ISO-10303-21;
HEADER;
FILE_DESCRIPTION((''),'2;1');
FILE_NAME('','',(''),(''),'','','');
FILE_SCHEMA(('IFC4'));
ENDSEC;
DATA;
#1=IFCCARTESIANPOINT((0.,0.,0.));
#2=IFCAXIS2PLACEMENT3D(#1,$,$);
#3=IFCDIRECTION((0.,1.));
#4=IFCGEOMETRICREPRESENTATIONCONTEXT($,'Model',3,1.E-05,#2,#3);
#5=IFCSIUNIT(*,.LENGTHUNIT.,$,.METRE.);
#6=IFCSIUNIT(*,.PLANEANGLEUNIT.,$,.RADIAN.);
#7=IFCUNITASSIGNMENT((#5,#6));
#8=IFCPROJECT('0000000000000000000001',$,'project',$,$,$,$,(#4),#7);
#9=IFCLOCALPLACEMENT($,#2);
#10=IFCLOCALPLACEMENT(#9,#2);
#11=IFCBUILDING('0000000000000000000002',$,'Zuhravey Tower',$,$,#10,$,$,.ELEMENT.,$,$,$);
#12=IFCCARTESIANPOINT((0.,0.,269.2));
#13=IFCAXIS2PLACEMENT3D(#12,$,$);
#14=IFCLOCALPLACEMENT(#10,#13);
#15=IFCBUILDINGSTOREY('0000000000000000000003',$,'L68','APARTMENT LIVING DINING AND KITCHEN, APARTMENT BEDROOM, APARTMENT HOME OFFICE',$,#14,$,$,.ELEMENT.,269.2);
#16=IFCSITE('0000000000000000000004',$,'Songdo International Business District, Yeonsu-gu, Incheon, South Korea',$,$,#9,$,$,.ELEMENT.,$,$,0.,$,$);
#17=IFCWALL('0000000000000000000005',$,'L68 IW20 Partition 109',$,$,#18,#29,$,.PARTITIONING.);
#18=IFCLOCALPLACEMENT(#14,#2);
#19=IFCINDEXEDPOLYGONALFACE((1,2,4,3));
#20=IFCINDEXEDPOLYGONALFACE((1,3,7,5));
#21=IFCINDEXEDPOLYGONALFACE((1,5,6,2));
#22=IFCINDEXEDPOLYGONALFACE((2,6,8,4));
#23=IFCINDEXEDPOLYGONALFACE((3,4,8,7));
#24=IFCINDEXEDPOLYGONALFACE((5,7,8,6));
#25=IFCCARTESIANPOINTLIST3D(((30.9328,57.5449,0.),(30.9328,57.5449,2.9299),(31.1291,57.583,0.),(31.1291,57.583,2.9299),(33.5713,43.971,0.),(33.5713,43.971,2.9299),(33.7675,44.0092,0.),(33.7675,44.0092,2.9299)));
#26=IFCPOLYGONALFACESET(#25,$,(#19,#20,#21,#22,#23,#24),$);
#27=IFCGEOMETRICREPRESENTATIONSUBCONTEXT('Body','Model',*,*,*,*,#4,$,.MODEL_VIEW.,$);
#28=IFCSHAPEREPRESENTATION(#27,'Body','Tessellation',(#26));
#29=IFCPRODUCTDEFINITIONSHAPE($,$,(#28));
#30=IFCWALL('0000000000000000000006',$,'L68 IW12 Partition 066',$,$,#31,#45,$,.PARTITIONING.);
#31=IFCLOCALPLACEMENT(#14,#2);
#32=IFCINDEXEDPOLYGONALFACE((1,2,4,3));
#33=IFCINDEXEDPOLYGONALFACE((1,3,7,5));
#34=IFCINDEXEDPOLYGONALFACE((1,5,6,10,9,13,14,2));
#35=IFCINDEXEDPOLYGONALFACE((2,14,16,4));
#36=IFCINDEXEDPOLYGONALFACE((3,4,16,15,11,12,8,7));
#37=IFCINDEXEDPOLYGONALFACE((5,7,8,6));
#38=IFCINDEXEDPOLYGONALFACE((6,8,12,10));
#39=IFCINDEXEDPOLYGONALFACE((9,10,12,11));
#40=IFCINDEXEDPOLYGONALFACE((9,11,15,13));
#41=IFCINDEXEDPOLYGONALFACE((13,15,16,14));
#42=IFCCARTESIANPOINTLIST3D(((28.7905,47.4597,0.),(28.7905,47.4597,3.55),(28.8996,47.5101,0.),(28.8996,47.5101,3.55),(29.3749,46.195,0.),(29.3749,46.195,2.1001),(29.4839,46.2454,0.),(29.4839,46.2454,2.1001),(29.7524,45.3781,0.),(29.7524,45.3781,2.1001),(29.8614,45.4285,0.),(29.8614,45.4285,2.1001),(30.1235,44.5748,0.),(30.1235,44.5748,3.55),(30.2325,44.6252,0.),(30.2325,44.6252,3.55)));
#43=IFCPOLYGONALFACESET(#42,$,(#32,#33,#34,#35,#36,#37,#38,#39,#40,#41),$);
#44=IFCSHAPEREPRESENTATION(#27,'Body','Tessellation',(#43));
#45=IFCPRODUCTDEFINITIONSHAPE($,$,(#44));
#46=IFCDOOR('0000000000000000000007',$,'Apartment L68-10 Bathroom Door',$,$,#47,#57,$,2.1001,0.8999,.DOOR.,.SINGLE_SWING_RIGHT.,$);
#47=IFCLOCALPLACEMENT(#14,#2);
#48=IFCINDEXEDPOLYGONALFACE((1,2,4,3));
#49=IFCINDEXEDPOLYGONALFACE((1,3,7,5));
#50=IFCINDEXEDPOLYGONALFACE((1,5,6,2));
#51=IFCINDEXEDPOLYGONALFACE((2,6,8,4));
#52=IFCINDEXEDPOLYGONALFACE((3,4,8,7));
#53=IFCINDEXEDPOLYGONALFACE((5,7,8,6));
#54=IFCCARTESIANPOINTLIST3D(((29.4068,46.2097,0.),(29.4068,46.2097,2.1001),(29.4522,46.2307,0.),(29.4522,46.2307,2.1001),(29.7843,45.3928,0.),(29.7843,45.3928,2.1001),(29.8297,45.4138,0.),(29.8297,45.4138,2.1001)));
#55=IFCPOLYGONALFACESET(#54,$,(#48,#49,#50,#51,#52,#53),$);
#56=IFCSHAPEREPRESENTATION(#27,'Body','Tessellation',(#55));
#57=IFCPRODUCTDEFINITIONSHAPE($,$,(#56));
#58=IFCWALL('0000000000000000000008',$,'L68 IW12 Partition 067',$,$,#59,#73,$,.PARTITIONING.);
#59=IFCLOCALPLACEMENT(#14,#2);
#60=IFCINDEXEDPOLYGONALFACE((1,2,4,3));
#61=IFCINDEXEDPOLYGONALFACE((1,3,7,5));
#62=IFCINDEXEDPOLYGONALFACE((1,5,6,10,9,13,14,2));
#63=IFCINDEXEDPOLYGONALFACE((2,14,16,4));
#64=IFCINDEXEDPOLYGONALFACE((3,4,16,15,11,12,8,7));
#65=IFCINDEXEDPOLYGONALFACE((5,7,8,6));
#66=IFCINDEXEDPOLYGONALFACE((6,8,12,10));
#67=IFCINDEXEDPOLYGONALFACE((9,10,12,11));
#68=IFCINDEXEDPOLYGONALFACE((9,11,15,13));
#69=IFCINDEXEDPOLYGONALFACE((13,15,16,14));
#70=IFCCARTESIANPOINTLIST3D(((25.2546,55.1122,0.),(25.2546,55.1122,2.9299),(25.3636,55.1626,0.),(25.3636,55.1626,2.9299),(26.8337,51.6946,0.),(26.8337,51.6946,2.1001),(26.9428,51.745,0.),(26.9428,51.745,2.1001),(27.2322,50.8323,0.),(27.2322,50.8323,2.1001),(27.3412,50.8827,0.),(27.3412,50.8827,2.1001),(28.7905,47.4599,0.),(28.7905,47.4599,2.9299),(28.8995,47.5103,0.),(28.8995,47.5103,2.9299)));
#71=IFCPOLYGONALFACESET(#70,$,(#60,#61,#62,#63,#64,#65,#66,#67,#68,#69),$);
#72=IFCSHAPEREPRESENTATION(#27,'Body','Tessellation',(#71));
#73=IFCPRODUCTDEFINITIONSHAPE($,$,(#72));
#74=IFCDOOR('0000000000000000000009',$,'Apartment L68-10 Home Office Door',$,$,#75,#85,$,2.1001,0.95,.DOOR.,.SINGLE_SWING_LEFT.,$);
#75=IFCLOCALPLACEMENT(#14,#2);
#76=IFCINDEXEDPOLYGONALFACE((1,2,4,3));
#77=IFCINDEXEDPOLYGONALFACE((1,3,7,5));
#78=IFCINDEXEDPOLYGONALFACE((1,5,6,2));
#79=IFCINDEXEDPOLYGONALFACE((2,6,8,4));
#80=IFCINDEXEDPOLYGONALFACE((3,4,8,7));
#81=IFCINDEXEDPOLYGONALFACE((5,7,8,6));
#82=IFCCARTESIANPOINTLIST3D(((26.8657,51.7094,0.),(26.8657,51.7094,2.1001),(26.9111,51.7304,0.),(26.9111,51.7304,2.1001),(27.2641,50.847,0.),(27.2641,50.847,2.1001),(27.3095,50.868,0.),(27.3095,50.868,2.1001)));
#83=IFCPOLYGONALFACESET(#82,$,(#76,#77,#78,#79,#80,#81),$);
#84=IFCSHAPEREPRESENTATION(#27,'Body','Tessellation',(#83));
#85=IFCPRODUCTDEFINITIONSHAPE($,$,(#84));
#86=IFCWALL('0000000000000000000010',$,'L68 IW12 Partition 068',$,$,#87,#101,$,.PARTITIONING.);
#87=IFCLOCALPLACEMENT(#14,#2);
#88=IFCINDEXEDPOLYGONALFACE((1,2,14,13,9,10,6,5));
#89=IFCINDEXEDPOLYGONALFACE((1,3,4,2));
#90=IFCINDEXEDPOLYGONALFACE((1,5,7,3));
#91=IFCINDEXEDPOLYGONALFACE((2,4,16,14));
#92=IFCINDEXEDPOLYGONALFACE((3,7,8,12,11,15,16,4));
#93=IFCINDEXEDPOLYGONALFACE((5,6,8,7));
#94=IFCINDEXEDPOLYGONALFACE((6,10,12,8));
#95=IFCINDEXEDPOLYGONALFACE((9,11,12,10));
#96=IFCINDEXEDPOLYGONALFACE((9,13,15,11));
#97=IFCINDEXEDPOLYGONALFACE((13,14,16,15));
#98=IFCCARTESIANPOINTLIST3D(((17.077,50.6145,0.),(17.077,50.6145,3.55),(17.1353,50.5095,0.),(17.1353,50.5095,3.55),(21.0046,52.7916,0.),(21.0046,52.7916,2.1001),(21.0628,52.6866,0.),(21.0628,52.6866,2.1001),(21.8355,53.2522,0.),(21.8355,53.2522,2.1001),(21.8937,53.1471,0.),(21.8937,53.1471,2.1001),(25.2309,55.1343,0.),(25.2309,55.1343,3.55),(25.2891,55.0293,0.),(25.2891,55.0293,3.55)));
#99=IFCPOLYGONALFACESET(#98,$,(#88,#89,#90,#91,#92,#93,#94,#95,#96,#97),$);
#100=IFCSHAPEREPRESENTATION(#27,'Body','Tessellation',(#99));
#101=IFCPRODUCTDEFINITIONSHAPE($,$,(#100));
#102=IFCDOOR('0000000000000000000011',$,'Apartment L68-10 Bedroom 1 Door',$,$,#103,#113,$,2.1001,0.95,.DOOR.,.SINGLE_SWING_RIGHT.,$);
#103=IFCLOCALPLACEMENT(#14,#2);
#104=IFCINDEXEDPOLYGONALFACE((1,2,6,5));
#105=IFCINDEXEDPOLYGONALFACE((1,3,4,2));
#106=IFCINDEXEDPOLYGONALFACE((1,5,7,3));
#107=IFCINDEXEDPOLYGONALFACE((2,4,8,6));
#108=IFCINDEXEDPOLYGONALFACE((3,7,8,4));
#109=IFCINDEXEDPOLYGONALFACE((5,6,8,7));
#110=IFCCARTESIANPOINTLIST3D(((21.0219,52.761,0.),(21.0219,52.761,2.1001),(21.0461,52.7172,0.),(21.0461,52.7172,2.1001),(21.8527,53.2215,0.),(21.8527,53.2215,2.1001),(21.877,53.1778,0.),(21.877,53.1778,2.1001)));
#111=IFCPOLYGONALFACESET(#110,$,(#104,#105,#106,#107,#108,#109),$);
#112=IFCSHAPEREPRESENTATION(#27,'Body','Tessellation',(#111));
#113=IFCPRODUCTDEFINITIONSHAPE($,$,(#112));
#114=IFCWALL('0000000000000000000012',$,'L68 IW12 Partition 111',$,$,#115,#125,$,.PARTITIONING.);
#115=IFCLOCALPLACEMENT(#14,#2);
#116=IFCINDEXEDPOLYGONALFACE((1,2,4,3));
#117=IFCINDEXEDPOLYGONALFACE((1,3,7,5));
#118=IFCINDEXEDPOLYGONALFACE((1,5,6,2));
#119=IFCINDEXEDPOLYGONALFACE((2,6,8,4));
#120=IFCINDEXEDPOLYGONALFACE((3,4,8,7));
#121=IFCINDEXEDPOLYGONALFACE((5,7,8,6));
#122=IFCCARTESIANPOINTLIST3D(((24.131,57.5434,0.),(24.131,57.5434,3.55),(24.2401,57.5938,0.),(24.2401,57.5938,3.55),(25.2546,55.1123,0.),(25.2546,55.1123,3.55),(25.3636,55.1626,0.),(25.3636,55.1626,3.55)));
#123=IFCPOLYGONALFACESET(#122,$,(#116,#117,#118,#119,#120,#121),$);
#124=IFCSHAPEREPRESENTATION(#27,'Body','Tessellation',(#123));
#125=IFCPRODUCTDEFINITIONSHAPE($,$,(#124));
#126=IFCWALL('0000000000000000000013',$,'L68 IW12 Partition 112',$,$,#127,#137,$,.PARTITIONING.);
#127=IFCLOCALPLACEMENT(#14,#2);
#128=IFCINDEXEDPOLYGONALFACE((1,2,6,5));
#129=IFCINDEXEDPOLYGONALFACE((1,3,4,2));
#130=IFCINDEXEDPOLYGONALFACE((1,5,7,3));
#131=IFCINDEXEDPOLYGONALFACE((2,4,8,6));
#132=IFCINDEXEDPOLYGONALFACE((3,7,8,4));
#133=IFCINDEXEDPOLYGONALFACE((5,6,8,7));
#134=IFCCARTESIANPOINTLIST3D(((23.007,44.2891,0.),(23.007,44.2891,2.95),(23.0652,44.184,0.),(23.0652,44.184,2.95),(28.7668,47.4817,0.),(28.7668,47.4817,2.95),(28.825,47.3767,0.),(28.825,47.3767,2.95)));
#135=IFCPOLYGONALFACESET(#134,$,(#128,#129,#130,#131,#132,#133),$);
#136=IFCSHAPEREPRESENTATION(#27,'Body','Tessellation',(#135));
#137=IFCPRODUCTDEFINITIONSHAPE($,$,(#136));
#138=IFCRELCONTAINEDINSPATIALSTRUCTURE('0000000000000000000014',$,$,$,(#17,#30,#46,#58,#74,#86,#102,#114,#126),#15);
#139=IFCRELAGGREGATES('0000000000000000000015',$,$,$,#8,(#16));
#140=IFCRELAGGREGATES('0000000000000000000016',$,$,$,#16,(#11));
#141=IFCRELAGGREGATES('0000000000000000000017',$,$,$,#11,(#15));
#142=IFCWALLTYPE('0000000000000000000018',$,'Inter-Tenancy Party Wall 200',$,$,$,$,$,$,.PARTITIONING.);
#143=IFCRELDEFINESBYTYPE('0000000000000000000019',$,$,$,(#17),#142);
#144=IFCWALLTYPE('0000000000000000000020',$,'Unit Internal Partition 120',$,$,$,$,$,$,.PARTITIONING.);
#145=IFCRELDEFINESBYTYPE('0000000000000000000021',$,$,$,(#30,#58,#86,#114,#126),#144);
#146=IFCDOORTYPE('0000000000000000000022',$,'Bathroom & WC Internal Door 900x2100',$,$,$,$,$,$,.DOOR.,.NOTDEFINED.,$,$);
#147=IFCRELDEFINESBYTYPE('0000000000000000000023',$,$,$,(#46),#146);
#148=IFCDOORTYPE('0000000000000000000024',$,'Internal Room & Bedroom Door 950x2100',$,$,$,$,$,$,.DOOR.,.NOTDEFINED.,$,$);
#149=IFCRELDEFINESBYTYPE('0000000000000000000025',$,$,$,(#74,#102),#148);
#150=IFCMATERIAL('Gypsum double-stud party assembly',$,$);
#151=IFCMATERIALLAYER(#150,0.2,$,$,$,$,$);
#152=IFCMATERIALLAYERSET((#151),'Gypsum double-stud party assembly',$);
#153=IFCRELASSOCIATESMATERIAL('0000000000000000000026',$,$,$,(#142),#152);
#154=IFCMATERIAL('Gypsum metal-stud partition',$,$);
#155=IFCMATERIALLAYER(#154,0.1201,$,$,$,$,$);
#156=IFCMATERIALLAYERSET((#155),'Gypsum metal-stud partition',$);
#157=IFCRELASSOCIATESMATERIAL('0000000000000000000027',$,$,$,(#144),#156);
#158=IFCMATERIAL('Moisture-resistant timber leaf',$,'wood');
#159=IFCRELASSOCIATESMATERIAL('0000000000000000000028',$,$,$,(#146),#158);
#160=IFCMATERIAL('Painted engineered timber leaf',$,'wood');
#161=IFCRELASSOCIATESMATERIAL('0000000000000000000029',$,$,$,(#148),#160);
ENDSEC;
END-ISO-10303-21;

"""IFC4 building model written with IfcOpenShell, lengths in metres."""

from ifc_helpers import new_model, si_unit, direction, frame, frame_2d, origin, place, context, subcontext, project, spatial, rectangle, extrude, material, layer, layer_set, type_object, element, fill, save


model = new_model("IFC4")

# Units and contexts
model_context = context("Model", 3, precision=1e-05, world=origin(), true_north=direction((0.0, 1.0)))
body_context = subcontext(model_context, "Body", "Model", "MODEL_VIEW")
ifc_project = project(units=[si_unit("LENGTHUNIT", "METRE"), si_unit("PLANEANGLEUNIT", "RADIAN")], contexts=[model_context])

# Site, building, storey
site_placement = place(None, origin())
site = spatial("IfcSite", under=ifc_project, at=site_placement, Name="Songdo International Business District, Yeonsu-gu, Incheon, South Korea", CompositionType="ELEMENT", RefElevation=0.0)
building_placement = place(site_placement, origin())
building = spatial("IfcBuilding", under=site, at=building_placement, Name="Zuhravey Tower", CompositionType="ELEMENT")
storey_placement = place(building_placement, frame((0.0, 0.0, 269.2)))
storey = spatial("IfcBuildingStorey", under=building, at=storey_placement, Name="L68", Description="APARTMENT LIVING DINING AND KITCHEN, APARTMENT BEDROOM, APARTMENT HOME OFFICE", CompositionType="ELEMENT", Elevation=269.2)

# Wall
ifc_material_1 = material(Name="Gypsum double-stud party assembly")
ifc_layer_1 = layer(ifc_material_1, 0.2)
ifc_layer_set_1 = layer_set([ifc_layer_1], Name="Gypsum double-stud party assembly")
wall_type_1 = type_object("IfcWallType", Name="Inter-Tenancy Party Wall 200", PredefinedType="PARTITIONING", material=ifc_layer_set_1)
wall_1_placement = place(storey_placement, frame((33.6694, 43.99, 0.0), z_axis=(0.0, 0.0, 1.0), x_axis=(-0.190806, 0.981628, 0.0)))
element("IfcWall", 1, at=wall_1_placement, inside=storey, type_object=wall_type_1, Name="L68 IW20 Partition 109", PredefinedType="PARTITIONING", context=body_context, shape_type="SweptSolid", body=[
    extrude(rectangle(XDim=13.8279, YDim=0.2, at=frame_2d((6.9141, 0.0))), origin(), (0.0, 0.0, 1.0), 2.9299),
])

# Walls, openings, doors
ifc_material_2 = material(Name="Gypsum metal-stud partition")
ifc_layer_2 = layer(ifc_material_2, 0.1201)
ifc_layer_set_2 = layer_set([ifc_layer_2], Name="Gypsum metal-stud partition")
wall_type_2 = type_object("IfcWallType", Name="Unit Internal Partition 120", PredefinedType="PARTITIONING", material=ifc_layer_set_2)
wall_2_placement = place(storey_placement, frame((30.178, 44.6001, 0.0), z_axis=(0.0, 0.0, 1.0), x_axis=(-0.419438, 0.907784, 0.0)))
wall_2 = element("IfcWall", 2, at=wall_2_placement, inside=storey, type_object=wall_type_2, Name="L68 IW12 Partition 066", PredefinedType="PARTITIONING", context=body_context, shape_type="SweptSolid", body=[
    extrude(rectangle(XDim=3.178, YDim=0.1201, at=frame_2d((1.5889, 0.0))), origin(), (0.0, 0.0, 1.0), 3.55),
])
opening_1_placement = place(wall_2_placement, frame((0.8848, 0.0, 0.0)))
opening_1 = element("IfcOpeningElement", 3, at=opening_1_placement, cuts=wall_2, PredefinedType="OPENING", context=body_context, shape_type="SweptSolid", body=[
    extrude(rectangle(XDim=0.8999, YDim=2.1001, at=frame_2d((0.45, 1.05))), frame((0.0, 0.072, 0.0), z_axis=(0.0, -1.0, 0.0), x_axis=(1.0, 0.0, 0.0)), (0.0, 0.0, 1.0), 0.144),
])
ifc_material_3 = material(Name="Moisture-resistant timber leaf", Category="wood")
door_type_1 = type_object("IfcDoorType", Name="Bathroom & WC Internal Door 900x2100", OperationType="NOTDEFINED", PredefinedType="DOOR", material=ifc_material_3)
door_1_placement = place(opening_1_placement, origin())
door_1 = element("IfcDoor", 4, at=door_1_placement, inside=storey, type_object=door_type_1, Name="Apartment L68-10 Bathroom Door", OperationType="SINGLE_SWING_RIGHT", OverallHeight=2.1001, OverallWidth=0.8999, PredefinedType="DOOR", context=body_context, shape_type="SweptSolid", body=[
    extrude(rectangle(XDim=0.8999, YDim=2.1001, at=frame_2d((0.45, 1.05))), frame((0.0, 0.0249, 0.0), z_axis=(0.0, -1.0, 0.0), x_axis=(1.0, 0.0, 0.0)), (0.0, 0.0, 1.0), 0.05),
])
fill(opening_1, door_1)
wall_3_placement = place(storey_placement, frame((28.845, 47.4851, 0.0), z_axis=(0.0, 0.0, 1.0), x_axis=(-0.419453, 0.907777, 0.0)))
wall_3 = element("IfcWall", 5, at=wall_3_placement, inside=storey, type_object=wall_type_2, Name="L68 IW12 Partition 067", PredefinedType="PARTITIONING", context=body_context, shape_type="SweptSolid", body=[
    extrude(rectangle(XDim=8.4297, YDim=0.1201, at=frame_2d((4.2148, 0.0))), origin(), (0.0, 0.0, 1.0), 2.9299),
])
opening_2_placement = place(wall_3_placement, frame((3.7148, 0.0, 0.0)))
opening_2 = element("IfcOpeningElement", 6, at=opening_2_placement, cuts=wall_3, PredefinedType="OPENING", context=body_context, shape_type="SweptSolid", body=[
    extrude(rectangle(XDim=0.95, YDim=2.1001, at=frame_2d((0.4751, 1.05))), frame((0.0, 0.072, 0.0), z_axis=(0.0, -1.0, 0.0), x_axis=(1.0, 0.0, 0.0)), (0.0, 0.0, 1.0), 0.144),
])
ifc_material_4 = material(Name="Painted engineered timber leaf", Category="wood")
door_type_2 = type_object("IfcDoorType", Name="Internal Room & Bedroom Door 950x2100", OperationType="NOTDEFINED", PredefinedType="DOOR", material=ifc_material_4)
door_2_placement = place(opening_2_placement, origin())
door_2 = element("IfcDoor", 7, at=door_2_placement, inside=storey, type_object=door_type_2, Name="Apartment L68-10 Home Office Door", OperationType="SINGLE_SWING_LEFT", OverallHeight=2.1001, OverallWidth=0.95, PredefinedType="DOOR", context=body_context, shape_type="SweptSolid", body=[
    extrude(rectangle(XDim=0.95, YDim=2.1001, at=frame_2d((0.4751, 1.05))), frame((0.0, 0.0249, 0.0), z_axis=(0.0, -1.0, 0.0), x_axis=(1.0, 0.0, 0.0)), (0.0, 0.0, 1.0), 0.05),
])
fill(opening_2, door_2)
wall_4_placement = place(storey_placement, frame((25.26, 55.0818, 0.0), z_axis=(0.0, 0.0, 1.0), x_axis=(-0.874618, -0.484813, 0.0)))
wall_4 = element("IfcWall", 8, at=wall_4_placement, inside=storey, type_object=wall_type_2, Name="L68 IW12 Partition 068", PredefinedType="PARTITIONING", context=body_context, shape_type="SweptSolid", body=[
    extrude(rectangle(XDim=9.3228, YDim=0.1201, at=frame_2d((4.6614, 0.0))), origin(), (0.0, 0.0, 1.0), 3.55),
])
opening_3_placement = place(wall_4_placement, frame((3.8821, 0.0, 0.0)))
opening_3 = element("IfcOpeningElement", 9, at=opening_3_placement, cuts=wall_4, PredefinedType="OPENING", context=body_context, shape_type="SweptSolid", body=[
    extrude(rectangle(XDim=0.95, YDim=2.1001, at=frame_2d((0.4751, 1.05))), frame((0.0, 0.072, 0.0), z_axis=(0.0, -1.0, 0.0), x_axis=(1.0, 0.0, 0.0)), (0.0, 0.0, 1.0), 0.144),
])
door_3_placement = place(opening_3_placement, frame((0.95, 0.0, 0.0), z_axis=(0.0, 0.0, 1.0), x_axis=(-1.0, 0.0, 0.0)))
door_3 = element("IfcDoor", 10, at=door_3_placement, inside=storey, type_object=door_type_2, Name="Apartment L68-10 Bedroom 1 Door", OperationType="SINGLE_SWING_RIGHT", OverallHeight=2.1001, OverallWidth=0.95, PredefinedType="DOOR", context=body_context, shape_type="SweptSolid", body=[
    extrude(rectangle(XDim=0.95, YDim=2.1001, at=frame_2d((0.4751, 1.05))), frame((0.0, 0.0249, 0.0), z_axis=(0.0, -1.0, 0.0), x_axis=(1.0, 0.0, 0.0)), (0.0, 0.0, 1.0), 0.05),
])
fill(opening_3, door_3)

# Walls
wall_5_placement = place(storey_placement, frame((25.3091, 55.1375, 0.0), z_axis=(0.0, 0.0, 1.0), x_axis=(-0.419509, 0.907751, 0.0)))
element("IfcWall", 11, at=wall_5_placement, inside=storey, type_object=wall_type_2, Name="L68 IW12 Partition 111", PredefinedType="PARTITIONING", context=body_context, shape_type="SweptSolid", body=[
    extrude(rectangle(XDim=2.6782, YDim=0.1201, at=frame_2d((1.3391, 0.0))), origin(), (0.0, 0.0, 1.0), 3.55),
])
wall_6_placement = place(storey_placement, frame((28.7959, 47.4292, 0.0), z_axis=(0.0, 0.0, 1.0), x_axis=(-0.874624, -0.484802, 0.0)))
element("IfcWall", 12, at=wall_6_placement, inside=storey, type_object=wall_type_2, Name="L68 IW12 Partition 112", PredefinedType="PARTITIONING", context=body_context, shape_type="SweptSolid", body=[
    extrude(rectangle(XDim=6.5854, YDim=0.1201, at=frame_2d((3.2927, 0.0))), origin(), (0.0, 0.0, 1.0), 2.95),
])

save(model, "model.ifc")
